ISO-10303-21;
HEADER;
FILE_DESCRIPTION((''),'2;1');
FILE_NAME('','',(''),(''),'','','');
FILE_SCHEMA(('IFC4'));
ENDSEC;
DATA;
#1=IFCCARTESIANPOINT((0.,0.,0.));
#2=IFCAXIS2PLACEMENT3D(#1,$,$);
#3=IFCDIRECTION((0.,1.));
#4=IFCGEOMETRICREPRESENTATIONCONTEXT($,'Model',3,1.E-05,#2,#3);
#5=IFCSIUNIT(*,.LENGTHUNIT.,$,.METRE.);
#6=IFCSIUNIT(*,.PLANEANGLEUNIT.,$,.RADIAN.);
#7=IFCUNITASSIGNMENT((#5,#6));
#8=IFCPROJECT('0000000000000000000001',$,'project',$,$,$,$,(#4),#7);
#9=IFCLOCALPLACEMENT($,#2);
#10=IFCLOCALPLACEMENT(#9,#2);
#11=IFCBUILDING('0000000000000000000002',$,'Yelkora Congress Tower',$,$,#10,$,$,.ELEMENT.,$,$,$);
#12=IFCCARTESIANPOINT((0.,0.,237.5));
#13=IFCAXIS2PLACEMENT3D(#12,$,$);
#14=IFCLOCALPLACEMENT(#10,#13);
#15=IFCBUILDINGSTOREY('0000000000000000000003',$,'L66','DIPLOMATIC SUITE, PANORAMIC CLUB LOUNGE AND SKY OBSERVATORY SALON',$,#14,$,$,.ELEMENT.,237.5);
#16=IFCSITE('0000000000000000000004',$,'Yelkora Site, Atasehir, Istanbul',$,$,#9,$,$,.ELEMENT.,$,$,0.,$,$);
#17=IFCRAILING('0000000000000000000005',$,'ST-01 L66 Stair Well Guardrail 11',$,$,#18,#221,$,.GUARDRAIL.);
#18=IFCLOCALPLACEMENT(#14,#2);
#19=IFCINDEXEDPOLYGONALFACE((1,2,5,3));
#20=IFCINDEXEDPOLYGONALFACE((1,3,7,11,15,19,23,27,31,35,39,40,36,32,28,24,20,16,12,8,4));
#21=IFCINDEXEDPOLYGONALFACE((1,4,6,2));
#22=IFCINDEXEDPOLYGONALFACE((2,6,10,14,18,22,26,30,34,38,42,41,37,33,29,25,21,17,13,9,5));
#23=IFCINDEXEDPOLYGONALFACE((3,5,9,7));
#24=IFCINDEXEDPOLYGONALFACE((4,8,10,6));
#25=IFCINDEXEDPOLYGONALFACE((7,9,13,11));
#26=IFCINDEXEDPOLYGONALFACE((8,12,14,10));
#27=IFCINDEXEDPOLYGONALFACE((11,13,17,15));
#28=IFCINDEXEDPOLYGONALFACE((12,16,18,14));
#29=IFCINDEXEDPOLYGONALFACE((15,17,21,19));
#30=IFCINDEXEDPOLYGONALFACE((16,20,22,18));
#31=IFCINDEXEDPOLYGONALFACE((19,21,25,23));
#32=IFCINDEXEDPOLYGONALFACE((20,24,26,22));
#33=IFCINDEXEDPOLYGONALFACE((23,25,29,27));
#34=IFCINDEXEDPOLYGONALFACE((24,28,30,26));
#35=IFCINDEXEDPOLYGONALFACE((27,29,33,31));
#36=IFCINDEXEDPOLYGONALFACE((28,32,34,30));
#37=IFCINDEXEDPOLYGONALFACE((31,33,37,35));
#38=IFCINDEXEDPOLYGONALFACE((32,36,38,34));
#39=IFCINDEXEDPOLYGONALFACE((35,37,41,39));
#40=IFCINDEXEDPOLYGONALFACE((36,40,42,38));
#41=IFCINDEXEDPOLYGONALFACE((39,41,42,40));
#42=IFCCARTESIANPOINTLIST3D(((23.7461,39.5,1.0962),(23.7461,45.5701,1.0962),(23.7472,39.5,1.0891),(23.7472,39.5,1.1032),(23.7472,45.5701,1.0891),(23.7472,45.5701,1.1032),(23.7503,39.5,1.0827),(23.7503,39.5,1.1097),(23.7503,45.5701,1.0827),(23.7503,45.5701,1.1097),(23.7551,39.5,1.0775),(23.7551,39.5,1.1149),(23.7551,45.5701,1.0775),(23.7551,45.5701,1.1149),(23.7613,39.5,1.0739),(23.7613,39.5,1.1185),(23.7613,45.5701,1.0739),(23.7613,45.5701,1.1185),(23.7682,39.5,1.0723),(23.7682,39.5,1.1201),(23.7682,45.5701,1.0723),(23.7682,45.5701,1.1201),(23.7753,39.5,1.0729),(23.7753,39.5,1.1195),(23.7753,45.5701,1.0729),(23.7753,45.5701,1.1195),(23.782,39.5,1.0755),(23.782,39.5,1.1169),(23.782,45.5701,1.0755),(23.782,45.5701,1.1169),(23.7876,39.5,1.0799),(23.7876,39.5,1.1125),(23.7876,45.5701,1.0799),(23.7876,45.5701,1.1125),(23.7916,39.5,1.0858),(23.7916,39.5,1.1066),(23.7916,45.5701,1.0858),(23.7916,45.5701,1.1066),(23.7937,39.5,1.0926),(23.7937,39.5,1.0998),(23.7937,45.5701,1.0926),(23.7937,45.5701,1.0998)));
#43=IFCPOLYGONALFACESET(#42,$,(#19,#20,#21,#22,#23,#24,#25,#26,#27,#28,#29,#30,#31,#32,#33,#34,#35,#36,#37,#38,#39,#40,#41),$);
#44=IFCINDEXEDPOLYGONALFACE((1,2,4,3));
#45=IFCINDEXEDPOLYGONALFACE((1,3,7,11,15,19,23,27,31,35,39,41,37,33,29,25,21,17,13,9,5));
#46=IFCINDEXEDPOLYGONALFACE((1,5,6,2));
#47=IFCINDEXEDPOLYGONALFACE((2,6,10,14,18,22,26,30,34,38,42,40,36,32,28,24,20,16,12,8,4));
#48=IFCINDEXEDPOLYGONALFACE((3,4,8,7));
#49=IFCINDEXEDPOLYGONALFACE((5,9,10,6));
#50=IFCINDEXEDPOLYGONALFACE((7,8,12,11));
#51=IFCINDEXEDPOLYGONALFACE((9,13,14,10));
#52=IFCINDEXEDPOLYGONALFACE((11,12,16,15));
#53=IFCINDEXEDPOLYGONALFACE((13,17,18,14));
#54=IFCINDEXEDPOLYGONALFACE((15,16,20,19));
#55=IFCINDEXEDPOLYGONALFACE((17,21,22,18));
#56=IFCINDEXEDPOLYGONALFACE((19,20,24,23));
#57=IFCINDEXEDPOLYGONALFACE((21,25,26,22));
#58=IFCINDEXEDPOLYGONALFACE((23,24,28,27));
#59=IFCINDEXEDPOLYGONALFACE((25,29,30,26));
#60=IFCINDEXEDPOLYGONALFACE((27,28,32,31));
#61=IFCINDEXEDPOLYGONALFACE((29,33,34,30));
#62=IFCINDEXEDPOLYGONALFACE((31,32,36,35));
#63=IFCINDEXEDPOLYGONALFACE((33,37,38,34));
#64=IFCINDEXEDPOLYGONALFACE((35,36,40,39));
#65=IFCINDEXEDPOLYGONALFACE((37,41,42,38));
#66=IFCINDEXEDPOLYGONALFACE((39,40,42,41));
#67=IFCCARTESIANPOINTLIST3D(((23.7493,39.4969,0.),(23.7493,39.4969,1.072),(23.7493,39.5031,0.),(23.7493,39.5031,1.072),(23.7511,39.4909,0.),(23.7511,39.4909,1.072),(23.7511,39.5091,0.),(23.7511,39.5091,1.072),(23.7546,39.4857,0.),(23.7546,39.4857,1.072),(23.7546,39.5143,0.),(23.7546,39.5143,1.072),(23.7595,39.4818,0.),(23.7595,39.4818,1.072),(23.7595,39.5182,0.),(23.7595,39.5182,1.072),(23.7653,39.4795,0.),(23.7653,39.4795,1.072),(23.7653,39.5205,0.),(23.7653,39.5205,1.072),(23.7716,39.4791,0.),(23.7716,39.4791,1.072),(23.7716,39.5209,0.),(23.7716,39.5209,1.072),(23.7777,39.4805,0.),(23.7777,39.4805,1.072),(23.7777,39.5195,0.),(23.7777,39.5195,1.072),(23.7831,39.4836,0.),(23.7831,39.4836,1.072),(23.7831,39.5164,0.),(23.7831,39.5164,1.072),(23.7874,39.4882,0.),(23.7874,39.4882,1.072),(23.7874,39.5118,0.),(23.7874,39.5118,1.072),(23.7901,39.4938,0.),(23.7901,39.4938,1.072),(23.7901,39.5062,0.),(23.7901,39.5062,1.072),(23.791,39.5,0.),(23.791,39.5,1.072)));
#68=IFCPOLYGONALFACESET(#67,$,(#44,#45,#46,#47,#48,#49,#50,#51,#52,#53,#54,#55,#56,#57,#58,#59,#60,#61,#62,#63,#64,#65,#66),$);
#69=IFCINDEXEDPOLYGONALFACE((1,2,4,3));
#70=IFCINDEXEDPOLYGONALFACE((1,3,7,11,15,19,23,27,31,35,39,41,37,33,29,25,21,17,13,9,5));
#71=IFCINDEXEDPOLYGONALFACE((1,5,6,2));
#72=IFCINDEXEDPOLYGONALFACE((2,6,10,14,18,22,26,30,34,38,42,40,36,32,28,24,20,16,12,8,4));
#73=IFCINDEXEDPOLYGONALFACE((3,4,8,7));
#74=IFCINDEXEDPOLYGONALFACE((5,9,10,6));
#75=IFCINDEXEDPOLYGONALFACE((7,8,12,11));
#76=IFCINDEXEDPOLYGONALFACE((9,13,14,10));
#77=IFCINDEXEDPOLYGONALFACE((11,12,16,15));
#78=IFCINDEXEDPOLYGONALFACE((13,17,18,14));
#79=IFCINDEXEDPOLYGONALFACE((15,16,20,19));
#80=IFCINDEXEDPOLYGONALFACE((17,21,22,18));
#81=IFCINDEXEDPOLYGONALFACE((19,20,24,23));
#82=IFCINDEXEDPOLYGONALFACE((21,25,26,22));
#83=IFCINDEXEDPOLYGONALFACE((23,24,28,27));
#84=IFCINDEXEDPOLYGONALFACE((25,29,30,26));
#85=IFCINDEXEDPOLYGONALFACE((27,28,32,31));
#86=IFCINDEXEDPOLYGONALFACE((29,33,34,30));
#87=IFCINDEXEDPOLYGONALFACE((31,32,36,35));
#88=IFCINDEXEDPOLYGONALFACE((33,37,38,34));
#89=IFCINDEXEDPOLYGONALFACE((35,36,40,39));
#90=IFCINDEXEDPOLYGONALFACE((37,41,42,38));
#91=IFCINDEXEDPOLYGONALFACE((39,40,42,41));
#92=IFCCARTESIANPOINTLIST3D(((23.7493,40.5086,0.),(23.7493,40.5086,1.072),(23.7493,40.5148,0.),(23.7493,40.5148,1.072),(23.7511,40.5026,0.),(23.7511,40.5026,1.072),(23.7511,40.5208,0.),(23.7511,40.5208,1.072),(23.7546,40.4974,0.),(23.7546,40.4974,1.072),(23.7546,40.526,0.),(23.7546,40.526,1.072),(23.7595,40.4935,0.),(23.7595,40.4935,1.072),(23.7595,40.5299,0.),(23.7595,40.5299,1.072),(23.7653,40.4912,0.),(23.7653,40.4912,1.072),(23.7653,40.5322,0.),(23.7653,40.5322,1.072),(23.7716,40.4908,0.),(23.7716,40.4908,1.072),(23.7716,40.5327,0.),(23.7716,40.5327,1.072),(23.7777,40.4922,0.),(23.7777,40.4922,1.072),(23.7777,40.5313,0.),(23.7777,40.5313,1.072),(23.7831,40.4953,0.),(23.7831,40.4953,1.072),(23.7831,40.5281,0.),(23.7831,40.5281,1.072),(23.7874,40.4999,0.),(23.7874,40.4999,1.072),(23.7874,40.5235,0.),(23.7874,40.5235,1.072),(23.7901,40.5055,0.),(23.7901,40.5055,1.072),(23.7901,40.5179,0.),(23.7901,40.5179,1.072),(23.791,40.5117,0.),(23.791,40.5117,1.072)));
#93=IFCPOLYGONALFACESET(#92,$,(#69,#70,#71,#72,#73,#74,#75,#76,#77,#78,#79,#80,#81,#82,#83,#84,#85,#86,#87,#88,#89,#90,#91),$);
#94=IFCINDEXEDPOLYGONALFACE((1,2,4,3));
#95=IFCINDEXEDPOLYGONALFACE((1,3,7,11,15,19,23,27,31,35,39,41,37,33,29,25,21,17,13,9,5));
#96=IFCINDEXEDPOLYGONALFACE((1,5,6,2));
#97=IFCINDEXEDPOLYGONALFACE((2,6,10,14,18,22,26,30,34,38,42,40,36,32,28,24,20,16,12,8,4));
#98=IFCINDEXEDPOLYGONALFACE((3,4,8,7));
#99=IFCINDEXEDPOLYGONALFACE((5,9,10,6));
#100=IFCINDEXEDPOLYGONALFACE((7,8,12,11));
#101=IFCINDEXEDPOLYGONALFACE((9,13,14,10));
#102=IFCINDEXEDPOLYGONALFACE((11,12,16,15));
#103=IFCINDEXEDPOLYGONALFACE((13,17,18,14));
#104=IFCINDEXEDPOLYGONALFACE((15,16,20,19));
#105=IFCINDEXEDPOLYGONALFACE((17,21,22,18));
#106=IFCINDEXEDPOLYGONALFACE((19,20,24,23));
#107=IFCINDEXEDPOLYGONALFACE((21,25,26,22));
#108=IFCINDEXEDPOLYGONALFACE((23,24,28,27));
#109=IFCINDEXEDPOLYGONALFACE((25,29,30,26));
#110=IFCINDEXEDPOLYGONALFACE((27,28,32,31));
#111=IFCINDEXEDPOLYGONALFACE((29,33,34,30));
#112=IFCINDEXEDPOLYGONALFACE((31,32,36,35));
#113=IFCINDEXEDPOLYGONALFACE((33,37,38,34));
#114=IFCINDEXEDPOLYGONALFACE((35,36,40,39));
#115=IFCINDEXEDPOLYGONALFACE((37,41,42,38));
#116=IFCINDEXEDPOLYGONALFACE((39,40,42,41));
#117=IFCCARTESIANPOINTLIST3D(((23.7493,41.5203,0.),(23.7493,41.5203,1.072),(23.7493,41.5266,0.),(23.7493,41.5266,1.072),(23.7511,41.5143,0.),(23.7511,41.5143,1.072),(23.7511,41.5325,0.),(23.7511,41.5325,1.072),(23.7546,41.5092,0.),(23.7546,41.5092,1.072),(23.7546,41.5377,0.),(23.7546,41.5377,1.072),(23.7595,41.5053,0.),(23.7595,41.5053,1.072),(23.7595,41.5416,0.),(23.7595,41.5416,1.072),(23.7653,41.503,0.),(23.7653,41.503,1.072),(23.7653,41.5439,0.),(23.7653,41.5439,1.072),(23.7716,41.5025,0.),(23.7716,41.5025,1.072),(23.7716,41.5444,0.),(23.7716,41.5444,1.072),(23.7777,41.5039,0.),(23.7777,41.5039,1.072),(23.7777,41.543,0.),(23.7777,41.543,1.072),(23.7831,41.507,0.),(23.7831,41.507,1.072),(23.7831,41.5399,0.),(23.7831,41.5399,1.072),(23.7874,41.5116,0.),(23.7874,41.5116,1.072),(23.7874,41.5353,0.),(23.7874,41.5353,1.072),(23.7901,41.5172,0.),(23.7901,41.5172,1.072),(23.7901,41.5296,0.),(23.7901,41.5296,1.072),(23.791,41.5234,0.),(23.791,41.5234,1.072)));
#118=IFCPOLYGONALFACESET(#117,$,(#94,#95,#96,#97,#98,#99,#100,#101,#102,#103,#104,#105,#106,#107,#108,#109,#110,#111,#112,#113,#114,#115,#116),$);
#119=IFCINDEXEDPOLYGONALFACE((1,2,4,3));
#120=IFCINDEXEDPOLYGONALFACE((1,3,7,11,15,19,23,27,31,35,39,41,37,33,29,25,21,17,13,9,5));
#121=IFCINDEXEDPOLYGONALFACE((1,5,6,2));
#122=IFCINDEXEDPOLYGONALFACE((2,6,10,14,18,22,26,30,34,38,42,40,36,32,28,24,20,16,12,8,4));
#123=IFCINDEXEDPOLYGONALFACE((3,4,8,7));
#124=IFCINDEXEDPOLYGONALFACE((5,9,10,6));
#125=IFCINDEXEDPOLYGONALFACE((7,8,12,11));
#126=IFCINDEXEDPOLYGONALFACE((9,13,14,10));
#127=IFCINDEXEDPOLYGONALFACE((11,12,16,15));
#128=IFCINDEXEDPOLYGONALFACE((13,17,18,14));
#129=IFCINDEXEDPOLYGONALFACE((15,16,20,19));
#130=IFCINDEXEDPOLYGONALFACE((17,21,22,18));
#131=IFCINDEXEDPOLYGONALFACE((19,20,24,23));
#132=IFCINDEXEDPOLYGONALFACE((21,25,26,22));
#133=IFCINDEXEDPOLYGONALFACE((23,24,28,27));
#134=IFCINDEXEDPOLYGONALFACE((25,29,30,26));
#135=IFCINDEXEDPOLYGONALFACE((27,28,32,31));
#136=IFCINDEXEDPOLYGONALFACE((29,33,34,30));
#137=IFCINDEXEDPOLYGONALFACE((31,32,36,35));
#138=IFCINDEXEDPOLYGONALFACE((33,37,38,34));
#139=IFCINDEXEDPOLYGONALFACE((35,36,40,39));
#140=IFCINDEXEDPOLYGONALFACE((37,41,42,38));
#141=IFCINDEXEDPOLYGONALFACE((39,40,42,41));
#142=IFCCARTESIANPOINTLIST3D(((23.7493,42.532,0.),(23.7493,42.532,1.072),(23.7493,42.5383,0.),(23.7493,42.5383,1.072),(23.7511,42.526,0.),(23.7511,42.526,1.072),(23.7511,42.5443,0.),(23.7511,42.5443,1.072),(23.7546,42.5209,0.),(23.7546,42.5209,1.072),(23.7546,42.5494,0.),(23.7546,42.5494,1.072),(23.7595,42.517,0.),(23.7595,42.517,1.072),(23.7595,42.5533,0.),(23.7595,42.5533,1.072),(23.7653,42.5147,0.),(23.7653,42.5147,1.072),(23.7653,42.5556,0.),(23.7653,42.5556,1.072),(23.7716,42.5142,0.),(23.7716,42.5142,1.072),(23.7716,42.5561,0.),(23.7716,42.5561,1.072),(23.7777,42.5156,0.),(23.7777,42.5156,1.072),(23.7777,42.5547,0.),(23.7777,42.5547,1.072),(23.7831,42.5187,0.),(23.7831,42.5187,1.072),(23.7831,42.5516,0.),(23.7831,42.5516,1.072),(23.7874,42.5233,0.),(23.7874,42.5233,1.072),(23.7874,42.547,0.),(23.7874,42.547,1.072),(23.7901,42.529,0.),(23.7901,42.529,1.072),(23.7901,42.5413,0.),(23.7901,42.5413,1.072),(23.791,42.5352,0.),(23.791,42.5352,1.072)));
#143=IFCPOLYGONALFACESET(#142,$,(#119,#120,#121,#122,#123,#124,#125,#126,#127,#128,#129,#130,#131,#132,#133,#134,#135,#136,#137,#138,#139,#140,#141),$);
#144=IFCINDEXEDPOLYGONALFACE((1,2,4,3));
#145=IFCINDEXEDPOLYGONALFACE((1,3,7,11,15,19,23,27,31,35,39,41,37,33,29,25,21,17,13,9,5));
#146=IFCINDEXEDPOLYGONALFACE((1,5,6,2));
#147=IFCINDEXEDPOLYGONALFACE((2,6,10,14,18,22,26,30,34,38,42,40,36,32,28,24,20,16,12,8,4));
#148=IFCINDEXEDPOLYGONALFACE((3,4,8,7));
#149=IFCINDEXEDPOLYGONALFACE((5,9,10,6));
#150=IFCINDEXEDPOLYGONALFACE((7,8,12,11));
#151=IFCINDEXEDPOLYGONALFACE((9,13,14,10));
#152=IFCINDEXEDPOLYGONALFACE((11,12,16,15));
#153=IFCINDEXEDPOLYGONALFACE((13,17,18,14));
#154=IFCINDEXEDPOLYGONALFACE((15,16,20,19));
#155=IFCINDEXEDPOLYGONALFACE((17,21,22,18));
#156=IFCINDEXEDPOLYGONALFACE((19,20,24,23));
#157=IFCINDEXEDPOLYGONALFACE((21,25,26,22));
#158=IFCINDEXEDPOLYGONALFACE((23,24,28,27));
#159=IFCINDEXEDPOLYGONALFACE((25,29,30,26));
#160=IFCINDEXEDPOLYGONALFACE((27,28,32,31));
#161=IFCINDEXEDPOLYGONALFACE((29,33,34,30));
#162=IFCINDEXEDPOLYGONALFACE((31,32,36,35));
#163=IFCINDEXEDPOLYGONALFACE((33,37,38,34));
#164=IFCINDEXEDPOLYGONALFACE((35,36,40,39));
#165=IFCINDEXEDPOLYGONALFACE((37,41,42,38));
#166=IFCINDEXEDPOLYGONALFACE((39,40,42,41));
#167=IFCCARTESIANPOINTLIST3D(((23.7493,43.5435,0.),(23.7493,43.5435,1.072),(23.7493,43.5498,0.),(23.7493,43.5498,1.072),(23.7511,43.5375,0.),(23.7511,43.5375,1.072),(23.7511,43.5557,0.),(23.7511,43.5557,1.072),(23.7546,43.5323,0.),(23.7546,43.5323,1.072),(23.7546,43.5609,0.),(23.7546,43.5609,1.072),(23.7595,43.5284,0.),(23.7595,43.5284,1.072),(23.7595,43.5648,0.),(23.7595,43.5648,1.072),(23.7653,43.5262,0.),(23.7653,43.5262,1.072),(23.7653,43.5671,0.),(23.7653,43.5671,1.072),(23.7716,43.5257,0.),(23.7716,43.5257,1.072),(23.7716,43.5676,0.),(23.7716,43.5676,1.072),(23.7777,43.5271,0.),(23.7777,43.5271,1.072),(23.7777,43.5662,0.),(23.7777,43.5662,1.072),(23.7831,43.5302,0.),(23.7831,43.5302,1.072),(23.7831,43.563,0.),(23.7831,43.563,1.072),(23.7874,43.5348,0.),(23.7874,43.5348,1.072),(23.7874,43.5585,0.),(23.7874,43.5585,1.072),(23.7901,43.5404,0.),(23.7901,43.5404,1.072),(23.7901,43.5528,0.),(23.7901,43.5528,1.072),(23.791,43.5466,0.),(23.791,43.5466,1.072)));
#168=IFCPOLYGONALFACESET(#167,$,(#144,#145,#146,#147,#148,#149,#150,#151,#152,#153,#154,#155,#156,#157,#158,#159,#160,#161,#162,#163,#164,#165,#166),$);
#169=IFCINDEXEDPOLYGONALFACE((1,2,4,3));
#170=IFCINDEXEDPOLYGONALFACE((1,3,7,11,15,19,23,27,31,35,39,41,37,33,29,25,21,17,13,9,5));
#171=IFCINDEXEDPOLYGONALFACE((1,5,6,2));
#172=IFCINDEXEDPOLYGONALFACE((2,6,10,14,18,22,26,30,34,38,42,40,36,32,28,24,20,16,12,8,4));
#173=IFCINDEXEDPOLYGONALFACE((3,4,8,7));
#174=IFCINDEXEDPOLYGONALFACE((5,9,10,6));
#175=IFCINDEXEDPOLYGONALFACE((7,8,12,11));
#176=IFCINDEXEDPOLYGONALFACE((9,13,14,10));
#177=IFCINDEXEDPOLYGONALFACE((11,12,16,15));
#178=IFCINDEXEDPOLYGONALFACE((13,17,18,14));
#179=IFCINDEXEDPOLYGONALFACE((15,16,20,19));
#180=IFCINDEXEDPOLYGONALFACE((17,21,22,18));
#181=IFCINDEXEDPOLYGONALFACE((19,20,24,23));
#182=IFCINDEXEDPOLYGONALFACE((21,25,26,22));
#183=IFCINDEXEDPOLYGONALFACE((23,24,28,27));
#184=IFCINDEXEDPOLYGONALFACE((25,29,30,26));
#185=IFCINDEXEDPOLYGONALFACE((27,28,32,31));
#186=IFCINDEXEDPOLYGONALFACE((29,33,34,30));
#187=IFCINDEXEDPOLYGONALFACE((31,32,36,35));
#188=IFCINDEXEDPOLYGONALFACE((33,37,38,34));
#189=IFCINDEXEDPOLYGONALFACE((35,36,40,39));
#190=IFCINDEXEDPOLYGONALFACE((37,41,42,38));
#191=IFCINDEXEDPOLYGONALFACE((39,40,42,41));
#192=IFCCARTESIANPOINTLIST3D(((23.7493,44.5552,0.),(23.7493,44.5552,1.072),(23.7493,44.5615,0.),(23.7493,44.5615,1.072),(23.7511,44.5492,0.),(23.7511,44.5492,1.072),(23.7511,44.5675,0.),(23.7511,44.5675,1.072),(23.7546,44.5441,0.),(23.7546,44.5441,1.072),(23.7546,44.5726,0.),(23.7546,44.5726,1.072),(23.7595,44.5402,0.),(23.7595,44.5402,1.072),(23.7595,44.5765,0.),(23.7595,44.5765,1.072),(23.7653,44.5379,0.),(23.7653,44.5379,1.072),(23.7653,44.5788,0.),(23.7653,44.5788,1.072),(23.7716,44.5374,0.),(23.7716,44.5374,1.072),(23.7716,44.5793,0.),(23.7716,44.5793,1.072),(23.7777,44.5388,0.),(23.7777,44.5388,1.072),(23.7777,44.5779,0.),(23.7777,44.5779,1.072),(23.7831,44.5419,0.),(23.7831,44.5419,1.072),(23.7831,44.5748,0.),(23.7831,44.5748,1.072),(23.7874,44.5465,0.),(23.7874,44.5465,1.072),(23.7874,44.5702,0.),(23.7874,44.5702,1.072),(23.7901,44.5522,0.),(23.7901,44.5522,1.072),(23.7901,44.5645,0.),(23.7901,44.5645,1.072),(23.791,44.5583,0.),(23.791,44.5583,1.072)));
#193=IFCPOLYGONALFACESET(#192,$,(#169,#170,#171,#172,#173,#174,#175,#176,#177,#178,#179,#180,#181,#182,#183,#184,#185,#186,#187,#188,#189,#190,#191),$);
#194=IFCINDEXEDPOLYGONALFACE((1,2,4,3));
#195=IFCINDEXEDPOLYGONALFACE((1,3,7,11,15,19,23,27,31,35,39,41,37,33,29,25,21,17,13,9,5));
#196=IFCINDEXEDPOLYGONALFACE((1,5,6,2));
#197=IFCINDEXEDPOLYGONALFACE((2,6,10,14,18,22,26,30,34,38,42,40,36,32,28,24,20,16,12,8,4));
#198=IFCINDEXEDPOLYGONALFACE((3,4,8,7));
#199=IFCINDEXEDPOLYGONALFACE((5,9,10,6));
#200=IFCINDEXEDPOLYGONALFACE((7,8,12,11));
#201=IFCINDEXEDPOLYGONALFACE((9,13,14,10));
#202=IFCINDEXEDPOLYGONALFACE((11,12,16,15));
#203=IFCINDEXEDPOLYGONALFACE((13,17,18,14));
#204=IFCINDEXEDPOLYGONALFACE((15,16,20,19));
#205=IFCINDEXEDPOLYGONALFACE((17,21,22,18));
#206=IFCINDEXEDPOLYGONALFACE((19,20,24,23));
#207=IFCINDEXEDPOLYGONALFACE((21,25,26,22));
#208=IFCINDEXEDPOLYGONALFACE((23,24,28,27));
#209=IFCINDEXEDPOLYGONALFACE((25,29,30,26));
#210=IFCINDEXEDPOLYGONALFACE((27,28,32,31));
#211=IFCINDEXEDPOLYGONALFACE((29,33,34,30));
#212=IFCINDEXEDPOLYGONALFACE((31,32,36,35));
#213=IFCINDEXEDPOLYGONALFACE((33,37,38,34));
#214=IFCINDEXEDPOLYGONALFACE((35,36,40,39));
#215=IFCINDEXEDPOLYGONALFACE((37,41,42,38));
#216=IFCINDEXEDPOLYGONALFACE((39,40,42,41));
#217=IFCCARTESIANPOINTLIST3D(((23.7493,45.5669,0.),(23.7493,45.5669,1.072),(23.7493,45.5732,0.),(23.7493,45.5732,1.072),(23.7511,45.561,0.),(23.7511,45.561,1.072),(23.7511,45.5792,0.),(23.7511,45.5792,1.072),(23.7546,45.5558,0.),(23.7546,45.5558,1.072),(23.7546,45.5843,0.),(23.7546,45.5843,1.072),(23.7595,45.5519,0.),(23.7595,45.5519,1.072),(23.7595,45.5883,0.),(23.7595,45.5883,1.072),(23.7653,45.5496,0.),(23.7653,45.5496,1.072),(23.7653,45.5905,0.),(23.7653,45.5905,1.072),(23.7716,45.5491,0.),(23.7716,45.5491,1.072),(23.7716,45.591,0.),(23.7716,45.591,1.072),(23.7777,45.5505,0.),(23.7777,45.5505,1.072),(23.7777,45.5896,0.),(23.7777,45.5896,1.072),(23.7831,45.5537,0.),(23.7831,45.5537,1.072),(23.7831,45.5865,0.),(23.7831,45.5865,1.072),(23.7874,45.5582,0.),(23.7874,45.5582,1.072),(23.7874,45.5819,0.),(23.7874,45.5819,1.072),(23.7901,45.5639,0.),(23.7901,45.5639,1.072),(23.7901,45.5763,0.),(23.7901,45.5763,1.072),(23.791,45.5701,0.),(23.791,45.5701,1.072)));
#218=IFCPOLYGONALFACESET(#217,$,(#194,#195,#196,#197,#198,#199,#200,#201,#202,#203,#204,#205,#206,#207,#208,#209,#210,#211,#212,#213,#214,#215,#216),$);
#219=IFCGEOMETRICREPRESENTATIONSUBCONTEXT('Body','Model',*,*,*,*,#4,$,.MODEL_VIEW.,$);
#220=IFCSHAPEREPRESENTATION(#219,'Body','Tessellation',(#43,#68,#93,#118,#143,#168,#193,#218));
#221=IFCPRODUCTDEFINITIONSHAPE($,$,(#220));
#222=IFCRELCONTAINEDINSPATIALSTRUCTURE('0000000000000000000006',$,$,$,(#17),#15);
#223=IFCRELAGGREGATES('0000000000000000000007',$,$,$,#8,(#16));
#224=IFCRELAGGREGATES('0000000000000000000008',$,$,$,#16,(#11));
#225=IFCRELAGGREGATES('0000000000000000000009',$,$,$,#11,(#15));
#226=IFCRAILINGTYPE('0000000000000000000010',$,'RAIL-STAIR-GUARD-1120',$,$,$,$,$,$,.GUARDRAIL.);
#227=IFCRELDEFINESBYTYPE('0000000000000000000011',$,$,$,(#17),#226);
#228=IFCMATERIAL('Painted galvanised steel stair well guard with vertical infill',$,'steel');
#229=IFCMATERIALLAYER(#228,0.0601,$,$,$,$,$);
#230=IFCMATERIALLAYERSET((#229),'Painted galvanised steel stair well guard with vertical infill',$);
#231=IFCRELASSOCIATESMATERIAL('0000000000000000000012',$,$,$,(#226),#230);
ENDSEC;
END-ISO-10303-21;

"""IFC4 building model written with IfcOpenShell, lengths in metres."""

from ifc_helpers import new_model, si_unit, direction, frame, origin, origin_2d, place, context, subcontext, project, spatial, circle, extrude, material, layer, layer_set, type_object, element, save


model = new_model("IFC4")

# Units and contexts
model_context = context("Model", 3, precision=1e-05, world=origin(), true_north=direction((0.0, 1.0)))
body_context = subcontext(model_context, "Body", "Model", "MODEL_VIEW")
ifc_project = project(units=[si_unit("LENGTHUNIT", "METRE"), si_unit("PLANEANGLEUNIT", "RADIAN")], contexts=[model_context])

# Site, building, storey
site_placement = place(None, origin())
site = spatial("IfcSite", under=ifc_project, at=site_placement, Name="Yelkora Site, Atasehir, Istanbul", CompositionType="ELEMENT", RefElevation=0.0)
building_placement = place(site_placement, origin())
building = spatial("IfcBuilding", under=site, at=building_placement, Name="Yelkora Congress Tower", CompositionType="ELEMENT")
storey_placement = place(building_placement, frame((0.0, 0.0, 237.5)))
storey = spatial("IfcBuildingStorey", under=building, at=storey_placement, Name="L66", Description="DIPLOMATIC SUITE, PANORAMIC CLUB LOUNGE AND SKY OBSERVATORY SALON", CompositionType="ELEMENT", Elevation=237.5)

# Railing
ifc_material_1 = material(Name="Painted galvanised steel stair well guard with vertical infill", Category="steel")
ifc_layer_1 = layer(ifc_material_1, 0.0601)
ifc_layer_set_1 = layer_set([ifc_layer_1], Name="Painted galvanised steel stair well guard with vertical infill")
railing_type_1 = type_object("IfcRailingType", Name="RAIL-STAIR-GUARD-1120", PredefinedType="GUARDRAIL", material=ifc_layer_set_1)
railing_1_placement = place(storey_placement, frame((23.77, 39.5, 0.0)))
element("IfcRailing", 1, at=railing_1_placement, inside=storey, type_object=railing_type_1, Name="ST-01 L66 Stair Well Guardrail 11", PredefinedType="GUARDRAIL", context=body_context, shape_type="SweptSolid", body=[
    extrude(circle(Radius=0.0239, at=origin_2d()), frame((0.0, 0.0, 1.0962), z_axis=(0.0, 1.0, 0.0), x_axis=(-1.0, 0.0, 0.0)), (0.0, 0.0, 1.0), 6.0701),
    extrude(circle(Radius=0.021, at=origin_2d()), origin(), (0.0, 0.0, 1.0), 1.072),
    extrude(circle(Radius=0.021, at=origin_2d()), frame((0.0, 1.0117, 0.0)), (0.0, 0.0, 1.0), 1.072),
    extrude(circle(Radius=0.021, at=origin_2d()), frame((0.0, 2.0234, 0.0)), (0.0, 0.0, 1.0), 1.072),
    extrude(circle(Radius=0.021, at=origin_2d()), frame((0.0, 3.0352, 0.0)), (0.0, 0.0, 1.0), 1.072),
    extrude(circle(Radius=0.021, at=origin_2d()), frame((0.0, 4.0466, 0.0)), (0.0, 0.0, 1.0), 1.072),
    extrude(circle(Radius=0.021, at=origin_2d()), frame((0.0, 5.0583, 0.0)), (0.0, 0.0, 1.0), 1.072),
    extrude(circle(Radius=0.021, at=origin_2d()), frame((0.0, 6.0701, 0.0)), (0.0, 0.0, 1.0), 1.072),
])

save(model, "model.ifc")
